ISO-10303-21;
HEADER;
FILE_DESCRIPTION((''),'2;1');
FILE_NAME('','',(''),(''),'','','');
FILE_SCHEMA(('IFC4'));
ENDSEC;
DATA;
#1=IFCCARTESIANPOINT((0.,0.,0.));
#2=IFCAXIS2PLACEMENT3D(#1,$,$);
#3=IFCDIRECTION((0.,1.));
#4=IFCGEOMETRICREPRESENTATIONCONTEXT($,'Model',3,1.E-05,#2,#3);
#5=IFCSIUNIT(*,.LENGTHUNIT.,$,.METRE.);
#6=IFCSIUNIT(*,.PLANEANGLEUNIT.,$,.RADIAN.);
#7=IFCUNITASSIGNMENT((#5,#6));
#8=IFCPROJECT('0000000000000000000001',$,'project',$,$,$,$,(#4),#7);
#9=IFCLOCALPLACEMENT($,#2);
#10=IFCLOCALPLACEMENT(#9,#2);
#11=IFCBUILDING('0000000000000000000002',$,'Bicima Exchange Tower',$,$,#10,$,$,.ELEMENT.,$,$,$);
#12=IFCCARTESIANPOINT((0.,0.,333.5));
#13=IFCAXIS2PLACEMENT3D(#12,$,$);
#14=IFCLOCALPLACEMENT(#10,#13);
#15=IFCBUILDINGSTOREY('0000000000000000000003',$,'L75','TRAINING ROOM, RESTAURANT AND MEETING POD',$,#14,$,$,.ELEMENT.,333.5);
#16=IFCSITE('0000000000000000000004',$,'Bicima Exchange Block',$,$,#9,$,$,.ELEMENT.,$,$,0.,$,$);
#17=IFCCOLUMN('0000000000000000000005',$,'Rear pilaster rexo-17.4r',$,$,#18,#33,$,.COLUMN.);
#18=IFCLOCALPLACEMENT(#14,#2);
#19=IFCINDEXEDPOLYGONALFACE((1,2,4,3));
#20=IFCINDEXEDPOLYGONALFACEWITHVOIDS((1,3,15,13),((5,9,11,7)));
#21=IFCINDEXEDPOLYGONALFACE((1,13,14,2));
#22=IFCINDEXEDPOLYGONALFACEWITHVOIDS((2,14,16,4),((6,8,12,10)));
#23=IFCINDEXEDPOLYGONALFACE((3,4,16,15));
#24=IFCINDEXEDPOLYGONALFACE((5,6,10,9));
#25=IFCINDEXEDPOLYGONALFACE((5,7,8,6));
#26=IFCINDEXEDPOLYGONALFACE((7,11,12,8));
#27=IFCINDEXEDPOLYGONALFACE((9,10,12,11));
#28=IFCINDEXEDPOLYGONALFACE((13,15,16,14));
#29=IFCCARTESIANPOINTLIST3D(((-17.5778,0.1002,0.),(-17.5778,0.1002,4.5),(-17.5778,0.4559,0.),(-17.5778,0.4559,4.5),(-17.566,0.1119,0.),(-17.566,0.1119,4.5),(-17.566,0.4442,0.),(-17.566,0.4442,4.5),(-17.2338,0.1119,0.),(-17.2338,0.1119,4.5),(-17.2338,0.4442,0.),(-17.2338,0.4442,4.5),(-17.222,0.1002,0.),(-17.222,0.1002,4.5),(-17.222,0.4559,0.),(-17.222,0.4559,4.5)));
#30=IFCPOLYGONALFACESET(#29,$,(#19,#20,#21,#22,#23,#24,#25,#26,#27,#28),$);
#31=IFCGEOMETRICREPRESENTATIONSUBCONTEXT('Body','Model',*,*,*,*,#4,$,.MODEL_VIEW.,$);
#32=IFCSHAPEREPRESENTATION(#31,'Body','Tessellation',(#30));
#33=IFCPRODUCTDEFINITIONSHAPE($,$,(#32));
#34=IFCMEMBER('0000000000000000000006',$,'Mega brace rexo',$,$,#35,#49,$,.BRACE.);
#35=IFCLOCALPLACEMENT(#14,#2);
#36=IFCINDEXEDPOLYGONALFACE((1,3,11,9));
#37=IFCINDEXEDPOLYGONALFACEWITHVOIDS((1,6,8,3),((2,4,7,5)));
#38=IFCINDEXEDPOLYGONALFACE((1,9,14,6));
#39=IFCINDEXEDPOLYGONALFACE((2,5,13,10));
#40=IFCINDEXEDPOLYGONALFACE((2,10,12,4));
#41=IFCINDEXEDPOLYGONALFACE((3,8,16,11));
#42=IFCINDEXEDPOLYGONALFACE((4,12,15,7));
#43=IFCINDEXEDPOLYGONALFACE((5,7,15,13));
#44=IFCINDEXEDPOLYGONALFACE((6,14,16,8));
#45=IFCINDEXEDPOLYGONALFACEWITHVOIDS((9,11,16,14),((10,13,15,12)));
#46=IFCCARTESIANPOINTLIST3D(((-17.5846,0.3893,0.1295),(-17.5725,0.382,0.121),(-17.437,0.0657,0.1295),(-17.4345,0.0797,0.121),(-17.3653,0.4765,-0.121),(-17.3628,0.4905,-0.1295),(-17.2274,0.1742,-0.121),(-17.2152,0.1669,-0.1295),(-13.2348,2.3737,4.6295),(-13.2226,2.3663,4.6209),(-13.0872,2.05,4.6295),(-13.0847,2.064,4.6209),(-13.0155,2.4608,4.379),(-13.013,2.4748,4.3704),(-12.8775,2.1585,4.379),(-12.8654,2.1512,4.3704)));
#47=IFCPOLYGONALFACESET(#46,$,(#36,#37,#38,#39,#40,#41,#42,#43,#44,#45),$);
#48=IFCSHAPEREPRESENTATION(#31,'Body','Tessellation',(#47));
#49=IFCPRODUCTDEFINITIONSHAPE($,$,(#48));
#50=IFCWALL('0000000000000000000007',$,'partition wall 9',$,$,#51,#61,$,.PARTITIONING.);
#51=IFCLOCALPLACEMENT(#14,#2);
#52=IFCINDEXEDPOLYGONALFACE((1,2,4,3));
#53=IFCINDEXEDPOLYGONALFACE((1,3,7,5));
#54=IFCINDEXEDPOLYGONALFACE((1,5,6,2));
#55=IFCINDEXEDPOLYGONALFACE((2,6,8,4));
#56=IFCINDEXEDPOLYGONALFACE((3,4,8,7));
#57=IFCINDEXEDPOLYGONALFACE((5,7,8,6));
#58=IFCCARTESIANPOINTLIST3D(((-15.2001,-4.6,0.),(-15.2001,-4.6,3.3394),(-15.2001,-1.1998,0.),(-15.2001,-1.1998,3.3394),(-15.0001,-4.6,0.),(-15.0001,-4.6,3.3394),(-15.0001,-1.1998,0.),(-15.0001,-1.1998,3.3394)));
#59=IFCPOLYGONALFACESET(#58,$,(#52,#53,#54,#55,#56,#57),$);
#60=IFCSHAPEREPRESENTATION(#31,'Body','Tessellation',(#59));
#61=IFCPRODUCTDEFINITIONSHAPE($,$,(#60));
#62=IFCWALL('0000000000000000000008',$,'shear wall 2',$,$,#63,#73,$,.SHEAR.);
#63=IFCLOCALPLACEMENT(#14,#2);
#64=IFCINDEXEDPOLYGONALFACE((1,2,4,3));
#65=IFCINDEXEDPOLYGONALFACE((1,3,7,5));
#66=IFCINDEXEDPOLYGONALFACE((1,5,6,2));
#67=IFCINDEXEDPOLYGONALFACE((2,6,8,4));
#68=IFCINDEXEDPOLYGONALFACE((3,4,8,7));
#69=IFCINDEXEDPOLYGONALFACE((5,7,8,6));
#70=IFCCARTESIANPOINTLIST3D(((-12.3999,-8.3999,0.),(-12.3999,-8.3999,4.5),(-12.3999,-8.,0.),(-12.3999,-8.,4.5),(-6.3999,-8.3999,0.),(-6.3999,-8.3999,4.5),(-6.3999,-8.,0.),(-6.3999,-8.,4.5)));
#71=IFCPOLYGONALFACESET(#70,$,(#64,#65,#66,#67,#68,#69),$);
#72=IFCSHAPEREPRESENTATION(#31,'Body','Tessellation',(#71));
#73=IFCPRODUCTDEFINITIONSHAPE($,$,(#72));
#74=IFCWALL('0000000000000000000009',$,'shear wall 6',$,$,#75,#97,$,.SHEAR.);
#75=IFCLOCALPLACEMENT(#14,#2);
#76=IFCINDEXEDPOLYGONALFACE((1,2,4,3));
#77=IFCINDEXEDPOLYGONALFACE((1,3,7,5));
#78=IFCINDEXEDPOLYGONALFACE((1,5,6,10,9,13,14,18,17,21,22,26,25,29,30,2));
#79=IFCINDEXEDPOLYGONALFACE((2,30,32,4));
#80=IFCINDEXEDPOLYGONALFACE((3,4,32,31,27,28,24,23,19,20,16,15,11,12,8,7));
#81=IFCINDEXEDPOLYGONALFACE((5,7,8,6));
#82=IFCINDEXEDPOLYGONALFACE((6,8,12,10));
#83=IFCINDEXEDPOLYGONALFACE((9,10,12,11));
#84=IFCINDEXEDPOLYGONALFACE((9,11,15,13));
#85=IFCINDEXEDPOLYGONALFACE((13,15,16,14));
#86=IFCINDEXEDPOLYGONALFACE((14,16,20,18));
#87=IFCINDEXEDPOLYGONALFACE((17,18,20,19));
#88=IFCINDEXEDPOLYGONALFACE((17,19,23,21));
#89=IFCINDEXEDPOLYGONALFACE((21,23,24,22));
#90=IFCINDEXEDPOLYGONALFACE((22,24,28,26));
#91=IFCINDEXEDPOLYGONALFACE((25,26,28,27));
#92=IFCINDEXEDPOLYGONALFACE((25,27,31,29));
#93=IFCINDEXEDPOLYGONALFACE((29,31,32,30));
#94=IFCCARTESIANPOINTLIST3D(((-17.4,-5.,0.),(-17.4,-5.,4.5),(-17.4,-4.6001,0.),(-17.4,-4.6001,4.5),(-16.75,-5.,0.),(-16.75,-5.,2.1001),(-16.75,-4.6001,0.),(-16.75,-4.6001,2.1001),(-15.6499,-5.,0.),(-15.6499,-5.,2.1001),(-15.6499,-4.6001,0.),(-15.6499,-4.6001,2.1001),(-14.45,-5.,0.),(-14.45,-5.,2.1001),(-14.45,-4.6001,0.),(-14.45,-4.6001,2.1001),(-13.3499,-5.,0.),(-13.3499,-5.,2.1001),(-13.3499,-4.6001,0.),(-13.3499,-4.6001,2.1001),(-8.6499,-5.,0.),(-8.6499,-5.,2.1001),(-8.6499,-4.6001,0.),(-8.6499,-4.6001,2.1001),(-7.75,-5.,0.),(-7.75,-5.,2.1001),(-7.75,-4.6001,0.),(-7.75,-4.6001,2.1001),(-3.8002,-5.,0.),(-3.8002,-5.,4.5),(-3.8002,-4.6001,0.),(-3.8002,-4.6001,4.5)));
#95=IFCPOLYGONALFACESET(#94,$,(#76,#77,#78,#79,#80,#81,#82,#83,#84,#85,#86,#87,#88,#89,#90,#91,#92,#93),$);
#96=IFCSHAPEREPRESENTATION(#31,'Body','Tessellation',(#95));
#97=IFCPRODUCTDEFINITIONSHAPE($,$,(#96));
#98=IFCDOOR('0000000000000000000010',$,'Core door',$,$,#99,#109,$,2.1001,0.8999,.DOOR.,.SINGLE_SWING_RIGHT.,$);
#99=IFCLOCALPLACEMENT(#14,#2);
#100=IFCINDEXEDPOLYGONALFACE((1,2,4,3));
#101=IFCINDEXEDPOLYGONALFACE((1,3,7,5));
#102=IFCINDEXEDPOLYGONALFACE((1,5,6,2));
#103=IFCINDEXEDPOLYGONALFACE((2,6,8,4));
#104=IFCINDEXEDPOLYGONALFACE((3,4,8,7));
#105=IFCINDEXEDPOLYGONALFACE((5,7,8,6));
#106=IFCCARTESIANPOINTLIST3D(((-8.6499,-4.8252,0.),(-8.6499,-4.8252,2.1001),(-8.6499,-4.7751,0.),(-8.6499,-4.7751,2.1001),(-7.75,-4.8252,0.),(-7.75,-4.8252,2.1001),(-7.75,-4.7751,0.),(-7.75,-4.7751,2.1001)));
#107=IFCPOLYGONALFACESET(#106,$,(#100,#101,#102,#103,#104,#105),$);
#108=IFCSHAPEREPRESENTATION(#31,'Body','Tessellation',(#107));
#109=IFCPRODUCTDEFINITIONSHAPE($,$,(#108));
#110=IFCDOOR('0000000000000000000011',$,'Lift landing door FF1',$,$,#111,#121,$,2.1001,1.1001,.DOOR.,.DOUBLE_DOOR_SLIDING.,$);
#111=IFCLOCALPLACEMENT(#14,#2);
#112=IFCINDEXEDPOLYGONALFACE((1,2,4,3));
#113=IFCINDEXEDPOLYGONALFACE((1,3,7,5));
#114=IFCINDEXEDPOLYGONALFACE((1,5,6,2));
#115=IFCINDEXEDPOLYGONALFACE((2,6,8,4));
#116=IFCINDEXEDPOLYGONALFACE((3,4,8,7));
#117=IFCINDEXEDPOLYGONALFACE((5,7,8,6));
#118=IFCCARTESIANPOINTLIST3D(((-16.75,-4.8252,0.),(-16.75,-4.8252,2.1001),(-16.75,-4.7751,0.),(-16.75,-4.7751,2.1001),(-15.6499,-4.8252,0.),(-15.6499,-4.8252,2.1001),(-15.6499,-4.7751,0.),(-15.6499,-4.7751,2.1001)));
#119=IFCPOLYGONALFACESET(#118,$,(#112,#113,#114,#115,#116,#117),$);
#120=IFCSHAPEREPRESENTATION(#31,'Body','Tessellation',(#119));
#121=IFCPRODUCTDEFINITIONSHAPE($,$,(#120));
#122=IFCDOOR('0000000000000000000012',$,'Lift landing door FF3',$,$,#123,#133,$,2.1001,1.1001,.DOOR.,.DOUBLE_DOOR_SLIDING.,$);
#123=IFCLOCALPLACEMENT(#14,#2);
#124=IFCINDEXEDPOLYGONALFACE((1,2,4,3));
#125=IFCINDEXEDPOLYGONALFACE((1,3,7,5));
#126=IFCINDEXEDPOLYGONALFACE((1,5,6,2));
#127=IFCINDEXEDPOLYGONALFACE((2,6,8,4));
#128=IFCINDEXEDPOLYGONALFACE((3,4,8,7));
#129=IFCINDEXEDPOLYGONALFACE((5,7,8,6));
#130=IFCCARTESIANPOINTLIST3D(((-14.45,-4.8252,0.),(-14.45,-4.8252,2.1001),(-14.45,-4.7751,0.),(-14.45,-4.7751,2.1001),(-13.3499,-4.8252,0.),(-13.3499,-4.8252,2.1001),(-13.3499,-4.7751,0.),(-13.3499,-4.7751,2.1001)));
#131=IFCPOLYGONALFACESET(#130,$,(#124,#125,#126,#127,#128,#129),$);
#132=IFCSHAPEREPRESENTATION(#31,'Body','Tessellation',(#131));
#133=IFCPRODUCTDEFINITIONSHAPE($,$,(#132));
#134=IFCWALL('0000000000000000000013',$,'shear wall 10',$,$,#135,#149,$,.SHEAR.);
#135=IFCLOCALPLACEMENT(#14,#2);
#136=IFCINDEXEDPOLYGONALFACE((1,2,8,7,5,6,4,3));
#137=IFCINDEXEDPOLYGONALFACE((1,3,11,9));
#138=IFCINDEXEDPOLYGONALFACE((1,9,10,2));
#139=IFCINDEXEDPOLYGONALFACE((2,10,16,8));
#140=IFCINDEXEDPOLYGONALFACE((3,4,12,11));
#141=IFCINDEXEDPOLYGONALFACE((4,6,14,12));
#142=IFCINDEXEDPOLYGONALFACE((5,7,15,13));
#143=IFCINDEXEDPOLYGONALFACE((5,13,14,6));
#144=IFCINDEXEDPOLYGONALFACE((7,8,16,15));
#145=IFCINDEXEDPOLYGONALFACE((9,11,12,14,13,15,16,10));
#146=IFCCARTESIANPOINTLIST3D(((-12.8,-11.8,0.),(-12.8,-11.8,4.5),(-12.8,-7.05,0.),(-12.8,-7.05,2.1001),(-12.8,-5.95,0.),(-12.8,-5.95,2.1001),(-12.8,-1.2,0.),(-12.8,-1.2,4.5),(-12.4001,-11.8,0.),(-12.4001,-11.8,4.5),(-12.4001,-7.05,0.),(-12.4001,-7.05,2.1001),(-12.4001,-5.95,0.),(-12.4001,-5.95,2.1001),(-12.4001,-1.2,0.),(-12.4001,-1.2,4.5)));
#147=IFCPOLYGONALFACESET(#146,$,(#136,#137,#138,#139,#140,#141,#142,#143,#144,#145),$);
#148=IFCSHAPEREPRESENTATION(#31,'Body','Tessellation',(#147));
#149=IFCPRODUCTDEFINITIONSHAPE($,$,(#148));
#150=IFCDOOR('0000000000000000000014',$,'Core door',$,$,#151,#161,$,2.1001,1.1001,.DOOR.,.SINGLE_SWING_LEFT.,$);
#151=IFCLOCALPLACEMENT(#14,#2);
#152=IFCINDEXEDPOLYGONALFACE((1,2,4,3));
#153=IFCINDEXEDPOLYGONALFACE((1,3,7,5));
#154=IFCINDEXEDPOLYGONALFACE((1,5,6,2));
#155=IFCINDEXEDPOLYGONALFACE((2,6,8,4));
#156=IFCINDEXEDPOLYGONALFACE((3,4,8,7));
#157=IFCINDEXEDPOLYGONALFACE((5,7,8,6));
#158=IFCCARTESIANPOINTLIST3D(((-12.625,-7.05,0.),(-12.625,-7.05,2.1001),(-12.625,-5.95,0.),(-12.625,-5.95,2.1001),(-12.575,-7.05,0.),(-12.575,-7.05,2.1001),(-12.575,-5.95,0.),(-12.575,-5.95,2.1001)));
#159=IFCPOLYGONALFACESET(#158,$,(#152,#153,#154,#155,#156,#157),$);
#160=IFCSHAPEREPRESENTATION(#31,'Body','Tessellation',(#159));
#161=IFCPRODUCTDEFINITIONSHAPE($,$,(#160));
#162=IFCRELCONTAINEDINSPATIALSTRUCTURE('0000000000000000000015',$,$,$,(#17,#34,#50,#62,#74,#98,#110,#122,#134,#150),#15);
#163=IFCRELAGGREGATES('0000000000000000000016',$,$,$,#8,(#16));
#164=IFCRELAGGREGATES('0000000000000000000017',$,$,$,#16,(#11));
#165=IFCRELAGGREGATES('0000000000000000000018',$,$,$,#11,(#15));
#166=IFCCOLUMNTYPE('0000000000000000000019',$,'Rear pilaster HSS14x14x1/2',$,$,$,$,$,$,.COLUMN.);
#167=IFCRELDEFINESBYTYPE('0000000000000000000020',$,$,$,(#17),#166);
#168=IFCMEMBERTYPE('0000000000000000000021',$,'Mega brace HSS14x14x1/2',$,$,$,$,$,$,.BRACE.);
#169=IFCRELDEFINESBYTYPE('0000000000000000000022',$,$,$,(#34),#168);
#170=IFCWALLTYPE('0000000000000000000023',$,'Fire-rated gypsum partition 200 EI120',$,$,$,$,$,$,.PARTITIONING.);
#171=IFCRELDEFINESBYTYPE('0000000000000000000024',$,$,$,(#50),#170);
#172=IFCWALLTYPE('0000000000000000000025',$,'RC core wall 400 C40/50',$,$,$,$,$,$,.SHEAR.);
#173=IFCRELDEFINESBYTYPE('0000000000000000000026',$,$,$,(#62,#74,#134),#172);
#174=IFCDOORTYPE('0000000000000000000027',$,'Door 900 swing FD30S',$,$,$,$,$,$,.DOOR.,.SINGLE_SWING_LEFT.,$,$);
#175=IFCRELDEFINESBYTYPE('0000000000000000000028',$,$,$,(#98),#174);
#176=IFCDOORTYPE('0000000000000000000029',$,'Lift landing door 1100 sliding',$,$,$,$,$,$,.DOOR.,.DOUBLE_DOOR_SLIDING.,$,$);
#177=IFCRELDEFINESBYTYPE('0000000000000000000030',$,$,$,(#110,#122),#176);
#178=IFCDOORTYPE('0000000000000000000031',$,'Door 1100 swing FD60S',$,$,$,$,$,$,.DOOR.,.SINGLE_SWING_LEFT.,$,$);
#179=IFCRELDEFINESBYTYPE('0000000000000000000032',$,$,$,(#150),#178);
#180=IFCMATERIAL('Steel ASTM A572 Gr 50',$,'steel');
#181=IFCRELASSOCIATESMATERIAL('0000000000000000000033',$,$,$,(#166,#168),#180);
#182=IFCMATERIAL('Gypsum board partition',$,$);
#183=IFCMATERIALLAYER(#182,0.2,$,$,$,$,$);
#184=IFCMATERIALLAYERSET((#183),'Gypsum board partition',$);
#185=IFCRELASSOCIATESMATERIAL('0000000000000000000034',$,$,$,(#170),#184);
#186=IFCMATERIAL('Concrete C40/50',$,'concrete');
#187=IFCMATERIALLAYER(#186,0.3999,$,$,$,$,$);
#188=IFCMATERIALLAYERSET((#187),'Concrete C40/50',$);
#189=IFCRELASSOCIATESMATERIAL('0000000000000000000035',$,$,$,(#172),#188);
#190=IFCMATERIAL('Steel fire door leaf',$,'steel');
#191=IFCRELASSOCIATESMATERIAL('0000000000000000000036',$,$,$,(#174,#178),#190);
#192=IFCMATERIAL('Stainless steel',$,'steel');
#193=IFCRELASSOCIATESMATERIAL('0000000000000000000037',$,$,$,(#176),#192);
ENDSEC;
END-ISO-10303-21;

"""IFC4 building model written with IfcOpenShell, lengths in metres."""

from ifc_helpers import new_model, si_unit, direction, frame, frame_2d, origin, origin_2d, place, context, subcontext, project, spatial, rectangle, hollow_rectangle, extrude, material, layer, layer_set, material_profile, profile_set, type_object, element, fill, save


model = new_model("IFC4")

# Units and contexts
model_context = context("Model", 3, precision=1e-05, world=origin(), true_north=direction((0.0, 1.0)))
body_context = subcontext(model_context, "Body", "Model", "MODEL_VIEW")
ifc_project = project(units=[si_unit("LENGTHUNIT", "METRE"), si_unit("PLANEANGLEUNIT", "RADIAN")], contexts=[model_context])

# Site, building, storey
site_placement = place(None, origin())
site = spatial("IfcSite", under=ifc_project, at=site_placement, Name="Bicima Exchange Block", CompositionType="ELEMENT", RefElevation=0.0)
building_placement = place(site_placement, origin())
building = spatial("IfcBuilding", under=site, at=building_placement, Name="Bicima Exchange Tower", CompositionType="ELEMENT")
storey_placement = place(building_placement, frame((0.0, 0.0, 333.5)))
storey = spatial("IfcBuildingStorey", under=building, at=storey_placement, Name="L75", Description="TRAINING ROOM, RESTAURANT AND MEETING POD", CompositionType="ELEMENT", Elevation=333.5)

# Column
ifc_material_1 = material(Name="Steel ASTM A572 Gr 50", Category="steel")
ifc_material_profile = material_profile(ifc_material_1, hollow_rectangle(XDim=0.3557, YDim=0.3557, WallThickness=0.0117, at=origin_2d()))
ifc_profile_set = profile_set([ifc_material_profile], Name="Steel ASTM A572 Gr 50")
column_type = type_object("IfcColumnType", Name="Rear pilaster HSS14x14x1/2", PredefinedType="COLUMN", material=ifc_profile_set)
column_placement = place(storey_placement, frame((-17.3999, 0.2781, 0.0), z_axis=(0.0, 0.0, 1.0), x_axis=(1.0, 0.0, 0.0)))
element("IfcColumn", 1, at=column_placement, inside=storey, type_object=column_type, Name="Rear pilaster rexo-17.4r", PredefinedType="COLUMN", context=body_context, shape_type="SweptSolid", body=[
    extrude(hollow_rectangle(XDim=0.3557, YDim=0.3557, WallThickness=0.0117, at=origin_2d()), origin(), (0.0, 0.0, 1.0), 4.5),
])

# Member
member_type = type_object("IfcMemberType", Name="Mega brace HSS14x14x1/2", PredefinedType="BRACE", material=ifc_profile_set)
member_placement = place(storey_placement, frame((-17.3999, 0.2781, 0.0), z_axis=(0.662508, 0.302232, 0.685376), x_axis=(-0.415045, 0.909801, 0.0)))
element("IfcMember", 2, at=member_placement, inside=storey, type_object=member_type, Name="Mega brace rexo", PredefinedType="BRACE", context=body_context, shape_type="SweptSolid", body=[
    extrude(hollow_rectangle(XDim=0.3557, YDim=0.3557, WallThickness=0.0117, at=origin_2d()), origin(), (0.0, 0.0, 1.0), 6.5657),
])

# Walls
ifc_material_2 = material(Name="Gypsum board partition")
ifc_layer_1 = layer(ifc_material_2, 0.2)
ifc_layer_set_1 = layer_set([ifc_layer_1], Name="Gypsum board partition")
wall_type_1 = type_object("IfcWallType", Name="Fire-rated gypsum partition 200 EI120", PredefinedType="PARTITIONING", material=ifc_layer_set_1)
wall_1_placement = place(storey_placement, frame((-15.1001, -4.6001, 0.0), z_axis=(0.0, 0.0, 1.0), x_axis=(0.0, 1.0, 0.0)))
element("IfcWall", 3, at=wall_1_placement, inside=storey, type_object=wall_type_1, Name="partition wall 9", PredefinedType="PARTITIONING", context=body_context, shape_type="SweptSolid", body=[
    extrude(rectangle(XDim=3.4001, YDim=0.2, at=frame_2d((1.7002, 0.0))), origin(), (0.0, 0.0, 1.0), 3.3394),
])
ifc_material_3 = material(Name="Concrete C40/50", Category="concrete")
ifc_layer_2 = layer(ifc_material_3, 0.3999)
ifc_layer_set_2 = layer_set([ifc_layer_2], Name="Concrete C40/50")
wall_type_2 = type_object("IfcWallType", Name="RC core wall 400 C40/50", PredefinedType="SHEAR", material=ifc_layer_set_2)
wall_2_placement = place(storey_placement, frame((-12.3999, -8.2, 0.0), z_axis=(0.0, 0.0, 1.0), x_axis=(1.0, 0.0, 0.0)))
element("IfcWall", 4, at=wall_2_placement, inside=storey, type_object=wall_type_2, Name="shear wall 2", PredefinedType="SHEAR", context=body_context, shape_type="SweptSolid", body=[
    extrude(rectangle(XDim=6.0, YDim=0.3999, at=frame_2d((3.0, 0.0))), origin(), (0.0, 0.0, 1.0), 4.5),
])

# Wall, openings, doors
wall_3_placement = place(storey_placement, frame((-17.3999, -4.8, 0.0), z_axis=(0.0, 0.0, 1.0), x_axis=(1.0, 0.0, 0.0)))
wall_3 = element("IfcWall", 5, at=wall_3_placement, inside=storey, type_object=wall_type_2, Name="shear wall 6", PredefinedType="SHEAR", context=body_context, shape_type="SweptSolid", body=[
    extrude(rectangle(XDim=13.5999, YDim=0.3999, at=frame_2d((6.7998, 0.0))), origin(), (0.0, 0.0, 1.0), 4.5),
])
opening_1_placement = place(wall_3_placement, frame((0.6499, 0.0, 0.0)))
opening_1 = element("IfcOpeningElement", 6, at=opening_1_placement, cuts=wall_3, PredefinedType="OPENING", context=body_context, shape_type="SweptSolid", body=[
    extrude(rectangle(XDim=1.1001, YDim=2.1001, at=frame_2d((0.55, 1.05))), frame((0.0, 0.2119, 0.0), z_axis=(0.0, -1.0, 0.0), x_axis=(1.0, 0.0, 0.0)), (0.0, 0.0, 1.0), 0.4238),
])
opening_2_placement = place(wall_3_placement, frame((2.95, 0.0, 0.0)))
opening_2 = element("IfcOpeningElement", 7, at=opening_2_placement, cuts=wall_3, PredefinedType="OPENING", context=body_context, shape_type="SweptSolid", body=[
    extrude(rectangle(XDim=1.1001, YDim=2.1001, at=frame_2d((0.55, 1.05))), frame((0.0, 0.2119, 0.0), z_axis=(0.0, -1.0, 0.0), x_axis=(1.0, 0.0, 0.0)), (0.0, 0.0, 1.0), 0.4238),
])
opening_3_placement = place(wall_3_placement, frame((8.75, 0.0, 0.0)))
opening_3 = element("IfcOpeningElement", 8, at=opening_3_placement, cuts=wall_3, PredefinedType="OPENING", context=body_context, shape_type="SweptSolid", body=[
    extrude(rectangle(XDim=0.8999, YDim=2.1001, at=frame_2d((0.45, 1.05))), frame((0.0, 0.2119, 0.0), z_axis=(0.0, -1.0, 0.0), x_axis=(1.0, 0.0, 0.0)), (0.0, 0.0, 1.0), 0.4238),
])
ifc_material_4 = material(Name="Steel fire door leaf", Category="steel")
door_type_1 = type_object("IfcDoorType", Name="Door 900 swing FD30S", OperationType="SINGLE_SWING_LEFT", PredefinedType="DOOR", material=ifc_material_4)
door_1_placement = place(opening_3_placement, origin())
door_1 = element("IfcDoor", 9, at=door_1_placement, inside=storey, type_object=door_type_1, Name="Core door", OperationType="SINGLE_SWING_RIGHT", OverallHeight=2.1001, OverallWidth=0.8999, PredefinedType="DOOR", context=body_context, shape_type="SweptSolid", body=[
    extrude(rectangle(XDim=0.8999, YDim=2.1001, at=frame_2d((0.45, 1.05))), frame((0.0, 0.0249, 0.0), z_axis=(0.0, -1.0, 0.0), x_axis=(1.0, 0.0, 0.0)), (0.0, 0.0, 1.0), 0.05),
])
fill(opening_3, door_1)
ifc_material_5 = material(Name="Stainless steel", Category="steel")
door_type_2 = type_object("IfcDoorType", Name="Lift landing door 1100 sliding", OperationType="DOUBLE_DOOR_SLIDING", PredefinedType="DOOR", material=ifc_material_5)
door_2_placement = place(opening_1_placement, origin())
door_2 = element("IfcDoor", 10, at=door_2_placement, inside=storey, type_object=door_type_2, Name="Lift landing door FF1", OperationType="DOUBLE_DOOR_SLIDING", OverallHeight=2.1001, OverallWidth=1.1001, PredefinedType="DOOR", context=body_context, shape_type="SweptSolid", body=[
    extrude(rectangle(XDim=1.1001, YDim=2.1001, at=frame_2d((0.55, 1.05))), frame((0.0, 0.0249, 0.0), z_axis=(0.0, -1.0, 0.0), x_axis=(1.0, 0.0, 0.0)), (0.0, 0.0, 1.0), 0.05),
])
fill(opening_1, door_2)
door_3_placement = place(opening_2_placement, origin())
door_3 = element("IfcDoor", 11, at=door_3_placement, inside=storey, type_object=door_type_2, Name="Lift landing door FF3", OperationType="DOUBLE_DOOR_SLIDING", OverallHeight=2.1001, OverallWidth=1.1001, PredefinedType="DOOR", context=body_context, shape_type="SweptSolid", body=[
    extrude(rectangle(XDim=1.1001, YDim=2.1001, at=frame_2d((0.55, 1.05))), frame((0.0, 0.0249, 0.0), z_axis=(0.0, -1.0, 0.0), x_axis=(1.0, 0.0, 0.0)), (0.0, 0.0, 1.0), 0.05),
])
fill(opening_2, door_3)

# Wall, opening, door
wall_4_placement = place(storey_placement, frame((-12.6001, -11.8, 0.0), z_axis=(0.0, 0.0, 1.0), x_axis=(0.0, 1.0, 0.0)))
wall_4 = element("IfcWall", 12, at=wall_4_placement, inside=storey, type_object=wall_type_2, Name="shear wall 10", PredefinedType="SHEAR", context=body_context, shape_type="SweptSolid", body=[
    extrude(rectangle(XDim=10.6001, YDim=0.3999, at=frame_2d((5.3, 0.0))), origin(), (0.0, 0.0, 1.0), 4.5),
])
opening_4_placement = place(wall_4_placement, frame((4.75, 0.0, 0.0)))
opening_4 = element("IfcOpeningElement", 13, at=opening_4_placement, cuts=wall_4, PredefinedType="OPENING", context=body_context, shape_type="SweptSolid", body=[
    extrude(rectangle(XDim=1.1001, YDim=2.1001, at=frame_2d((0.55, 1.05))), frame((0.0, 0.2119, 0.0), z_axis=(0.0, -1.0, 0.0), x_axis=(1.0, 0.0, 0.0)), (0.0, 0.0, 1.0), 0.4238),
])
door_type_3 = type_object("IfcDoorType", Name="Door 1100 swing FD60S", OperationType="SINGLE_SWING_LEFT", PredefinedType="DOOR", material=ifc_material_4)
door_4_placement = place(opening_4_placement, origin())
door_4 = element("IfcDoor", 14, at=door_4_placement, inside=storey, type_object=door_type_3, Name="Core door", OperationType="SINGLE_SWING_LEFT", OverallHeight=2.1001, OverallWidth=1.1001, PredefinedType="DOOR", context=body_context, shape_type="SweptSolid", body=[
    extrude(rectangle(XDim=1.1001, YDim=2.1001, at=frame_2d((0.55, 1.05))), frame((0.0, 0.0249, 0.0), z_axis=(0.0, -1.0, 0.0), x_axis=(1.0, 0.0, 0.0)), (0.0, 0.0, 1.0), 0.05),
])
fill(opening_4, door_4)

save(model, "model.ifc")
